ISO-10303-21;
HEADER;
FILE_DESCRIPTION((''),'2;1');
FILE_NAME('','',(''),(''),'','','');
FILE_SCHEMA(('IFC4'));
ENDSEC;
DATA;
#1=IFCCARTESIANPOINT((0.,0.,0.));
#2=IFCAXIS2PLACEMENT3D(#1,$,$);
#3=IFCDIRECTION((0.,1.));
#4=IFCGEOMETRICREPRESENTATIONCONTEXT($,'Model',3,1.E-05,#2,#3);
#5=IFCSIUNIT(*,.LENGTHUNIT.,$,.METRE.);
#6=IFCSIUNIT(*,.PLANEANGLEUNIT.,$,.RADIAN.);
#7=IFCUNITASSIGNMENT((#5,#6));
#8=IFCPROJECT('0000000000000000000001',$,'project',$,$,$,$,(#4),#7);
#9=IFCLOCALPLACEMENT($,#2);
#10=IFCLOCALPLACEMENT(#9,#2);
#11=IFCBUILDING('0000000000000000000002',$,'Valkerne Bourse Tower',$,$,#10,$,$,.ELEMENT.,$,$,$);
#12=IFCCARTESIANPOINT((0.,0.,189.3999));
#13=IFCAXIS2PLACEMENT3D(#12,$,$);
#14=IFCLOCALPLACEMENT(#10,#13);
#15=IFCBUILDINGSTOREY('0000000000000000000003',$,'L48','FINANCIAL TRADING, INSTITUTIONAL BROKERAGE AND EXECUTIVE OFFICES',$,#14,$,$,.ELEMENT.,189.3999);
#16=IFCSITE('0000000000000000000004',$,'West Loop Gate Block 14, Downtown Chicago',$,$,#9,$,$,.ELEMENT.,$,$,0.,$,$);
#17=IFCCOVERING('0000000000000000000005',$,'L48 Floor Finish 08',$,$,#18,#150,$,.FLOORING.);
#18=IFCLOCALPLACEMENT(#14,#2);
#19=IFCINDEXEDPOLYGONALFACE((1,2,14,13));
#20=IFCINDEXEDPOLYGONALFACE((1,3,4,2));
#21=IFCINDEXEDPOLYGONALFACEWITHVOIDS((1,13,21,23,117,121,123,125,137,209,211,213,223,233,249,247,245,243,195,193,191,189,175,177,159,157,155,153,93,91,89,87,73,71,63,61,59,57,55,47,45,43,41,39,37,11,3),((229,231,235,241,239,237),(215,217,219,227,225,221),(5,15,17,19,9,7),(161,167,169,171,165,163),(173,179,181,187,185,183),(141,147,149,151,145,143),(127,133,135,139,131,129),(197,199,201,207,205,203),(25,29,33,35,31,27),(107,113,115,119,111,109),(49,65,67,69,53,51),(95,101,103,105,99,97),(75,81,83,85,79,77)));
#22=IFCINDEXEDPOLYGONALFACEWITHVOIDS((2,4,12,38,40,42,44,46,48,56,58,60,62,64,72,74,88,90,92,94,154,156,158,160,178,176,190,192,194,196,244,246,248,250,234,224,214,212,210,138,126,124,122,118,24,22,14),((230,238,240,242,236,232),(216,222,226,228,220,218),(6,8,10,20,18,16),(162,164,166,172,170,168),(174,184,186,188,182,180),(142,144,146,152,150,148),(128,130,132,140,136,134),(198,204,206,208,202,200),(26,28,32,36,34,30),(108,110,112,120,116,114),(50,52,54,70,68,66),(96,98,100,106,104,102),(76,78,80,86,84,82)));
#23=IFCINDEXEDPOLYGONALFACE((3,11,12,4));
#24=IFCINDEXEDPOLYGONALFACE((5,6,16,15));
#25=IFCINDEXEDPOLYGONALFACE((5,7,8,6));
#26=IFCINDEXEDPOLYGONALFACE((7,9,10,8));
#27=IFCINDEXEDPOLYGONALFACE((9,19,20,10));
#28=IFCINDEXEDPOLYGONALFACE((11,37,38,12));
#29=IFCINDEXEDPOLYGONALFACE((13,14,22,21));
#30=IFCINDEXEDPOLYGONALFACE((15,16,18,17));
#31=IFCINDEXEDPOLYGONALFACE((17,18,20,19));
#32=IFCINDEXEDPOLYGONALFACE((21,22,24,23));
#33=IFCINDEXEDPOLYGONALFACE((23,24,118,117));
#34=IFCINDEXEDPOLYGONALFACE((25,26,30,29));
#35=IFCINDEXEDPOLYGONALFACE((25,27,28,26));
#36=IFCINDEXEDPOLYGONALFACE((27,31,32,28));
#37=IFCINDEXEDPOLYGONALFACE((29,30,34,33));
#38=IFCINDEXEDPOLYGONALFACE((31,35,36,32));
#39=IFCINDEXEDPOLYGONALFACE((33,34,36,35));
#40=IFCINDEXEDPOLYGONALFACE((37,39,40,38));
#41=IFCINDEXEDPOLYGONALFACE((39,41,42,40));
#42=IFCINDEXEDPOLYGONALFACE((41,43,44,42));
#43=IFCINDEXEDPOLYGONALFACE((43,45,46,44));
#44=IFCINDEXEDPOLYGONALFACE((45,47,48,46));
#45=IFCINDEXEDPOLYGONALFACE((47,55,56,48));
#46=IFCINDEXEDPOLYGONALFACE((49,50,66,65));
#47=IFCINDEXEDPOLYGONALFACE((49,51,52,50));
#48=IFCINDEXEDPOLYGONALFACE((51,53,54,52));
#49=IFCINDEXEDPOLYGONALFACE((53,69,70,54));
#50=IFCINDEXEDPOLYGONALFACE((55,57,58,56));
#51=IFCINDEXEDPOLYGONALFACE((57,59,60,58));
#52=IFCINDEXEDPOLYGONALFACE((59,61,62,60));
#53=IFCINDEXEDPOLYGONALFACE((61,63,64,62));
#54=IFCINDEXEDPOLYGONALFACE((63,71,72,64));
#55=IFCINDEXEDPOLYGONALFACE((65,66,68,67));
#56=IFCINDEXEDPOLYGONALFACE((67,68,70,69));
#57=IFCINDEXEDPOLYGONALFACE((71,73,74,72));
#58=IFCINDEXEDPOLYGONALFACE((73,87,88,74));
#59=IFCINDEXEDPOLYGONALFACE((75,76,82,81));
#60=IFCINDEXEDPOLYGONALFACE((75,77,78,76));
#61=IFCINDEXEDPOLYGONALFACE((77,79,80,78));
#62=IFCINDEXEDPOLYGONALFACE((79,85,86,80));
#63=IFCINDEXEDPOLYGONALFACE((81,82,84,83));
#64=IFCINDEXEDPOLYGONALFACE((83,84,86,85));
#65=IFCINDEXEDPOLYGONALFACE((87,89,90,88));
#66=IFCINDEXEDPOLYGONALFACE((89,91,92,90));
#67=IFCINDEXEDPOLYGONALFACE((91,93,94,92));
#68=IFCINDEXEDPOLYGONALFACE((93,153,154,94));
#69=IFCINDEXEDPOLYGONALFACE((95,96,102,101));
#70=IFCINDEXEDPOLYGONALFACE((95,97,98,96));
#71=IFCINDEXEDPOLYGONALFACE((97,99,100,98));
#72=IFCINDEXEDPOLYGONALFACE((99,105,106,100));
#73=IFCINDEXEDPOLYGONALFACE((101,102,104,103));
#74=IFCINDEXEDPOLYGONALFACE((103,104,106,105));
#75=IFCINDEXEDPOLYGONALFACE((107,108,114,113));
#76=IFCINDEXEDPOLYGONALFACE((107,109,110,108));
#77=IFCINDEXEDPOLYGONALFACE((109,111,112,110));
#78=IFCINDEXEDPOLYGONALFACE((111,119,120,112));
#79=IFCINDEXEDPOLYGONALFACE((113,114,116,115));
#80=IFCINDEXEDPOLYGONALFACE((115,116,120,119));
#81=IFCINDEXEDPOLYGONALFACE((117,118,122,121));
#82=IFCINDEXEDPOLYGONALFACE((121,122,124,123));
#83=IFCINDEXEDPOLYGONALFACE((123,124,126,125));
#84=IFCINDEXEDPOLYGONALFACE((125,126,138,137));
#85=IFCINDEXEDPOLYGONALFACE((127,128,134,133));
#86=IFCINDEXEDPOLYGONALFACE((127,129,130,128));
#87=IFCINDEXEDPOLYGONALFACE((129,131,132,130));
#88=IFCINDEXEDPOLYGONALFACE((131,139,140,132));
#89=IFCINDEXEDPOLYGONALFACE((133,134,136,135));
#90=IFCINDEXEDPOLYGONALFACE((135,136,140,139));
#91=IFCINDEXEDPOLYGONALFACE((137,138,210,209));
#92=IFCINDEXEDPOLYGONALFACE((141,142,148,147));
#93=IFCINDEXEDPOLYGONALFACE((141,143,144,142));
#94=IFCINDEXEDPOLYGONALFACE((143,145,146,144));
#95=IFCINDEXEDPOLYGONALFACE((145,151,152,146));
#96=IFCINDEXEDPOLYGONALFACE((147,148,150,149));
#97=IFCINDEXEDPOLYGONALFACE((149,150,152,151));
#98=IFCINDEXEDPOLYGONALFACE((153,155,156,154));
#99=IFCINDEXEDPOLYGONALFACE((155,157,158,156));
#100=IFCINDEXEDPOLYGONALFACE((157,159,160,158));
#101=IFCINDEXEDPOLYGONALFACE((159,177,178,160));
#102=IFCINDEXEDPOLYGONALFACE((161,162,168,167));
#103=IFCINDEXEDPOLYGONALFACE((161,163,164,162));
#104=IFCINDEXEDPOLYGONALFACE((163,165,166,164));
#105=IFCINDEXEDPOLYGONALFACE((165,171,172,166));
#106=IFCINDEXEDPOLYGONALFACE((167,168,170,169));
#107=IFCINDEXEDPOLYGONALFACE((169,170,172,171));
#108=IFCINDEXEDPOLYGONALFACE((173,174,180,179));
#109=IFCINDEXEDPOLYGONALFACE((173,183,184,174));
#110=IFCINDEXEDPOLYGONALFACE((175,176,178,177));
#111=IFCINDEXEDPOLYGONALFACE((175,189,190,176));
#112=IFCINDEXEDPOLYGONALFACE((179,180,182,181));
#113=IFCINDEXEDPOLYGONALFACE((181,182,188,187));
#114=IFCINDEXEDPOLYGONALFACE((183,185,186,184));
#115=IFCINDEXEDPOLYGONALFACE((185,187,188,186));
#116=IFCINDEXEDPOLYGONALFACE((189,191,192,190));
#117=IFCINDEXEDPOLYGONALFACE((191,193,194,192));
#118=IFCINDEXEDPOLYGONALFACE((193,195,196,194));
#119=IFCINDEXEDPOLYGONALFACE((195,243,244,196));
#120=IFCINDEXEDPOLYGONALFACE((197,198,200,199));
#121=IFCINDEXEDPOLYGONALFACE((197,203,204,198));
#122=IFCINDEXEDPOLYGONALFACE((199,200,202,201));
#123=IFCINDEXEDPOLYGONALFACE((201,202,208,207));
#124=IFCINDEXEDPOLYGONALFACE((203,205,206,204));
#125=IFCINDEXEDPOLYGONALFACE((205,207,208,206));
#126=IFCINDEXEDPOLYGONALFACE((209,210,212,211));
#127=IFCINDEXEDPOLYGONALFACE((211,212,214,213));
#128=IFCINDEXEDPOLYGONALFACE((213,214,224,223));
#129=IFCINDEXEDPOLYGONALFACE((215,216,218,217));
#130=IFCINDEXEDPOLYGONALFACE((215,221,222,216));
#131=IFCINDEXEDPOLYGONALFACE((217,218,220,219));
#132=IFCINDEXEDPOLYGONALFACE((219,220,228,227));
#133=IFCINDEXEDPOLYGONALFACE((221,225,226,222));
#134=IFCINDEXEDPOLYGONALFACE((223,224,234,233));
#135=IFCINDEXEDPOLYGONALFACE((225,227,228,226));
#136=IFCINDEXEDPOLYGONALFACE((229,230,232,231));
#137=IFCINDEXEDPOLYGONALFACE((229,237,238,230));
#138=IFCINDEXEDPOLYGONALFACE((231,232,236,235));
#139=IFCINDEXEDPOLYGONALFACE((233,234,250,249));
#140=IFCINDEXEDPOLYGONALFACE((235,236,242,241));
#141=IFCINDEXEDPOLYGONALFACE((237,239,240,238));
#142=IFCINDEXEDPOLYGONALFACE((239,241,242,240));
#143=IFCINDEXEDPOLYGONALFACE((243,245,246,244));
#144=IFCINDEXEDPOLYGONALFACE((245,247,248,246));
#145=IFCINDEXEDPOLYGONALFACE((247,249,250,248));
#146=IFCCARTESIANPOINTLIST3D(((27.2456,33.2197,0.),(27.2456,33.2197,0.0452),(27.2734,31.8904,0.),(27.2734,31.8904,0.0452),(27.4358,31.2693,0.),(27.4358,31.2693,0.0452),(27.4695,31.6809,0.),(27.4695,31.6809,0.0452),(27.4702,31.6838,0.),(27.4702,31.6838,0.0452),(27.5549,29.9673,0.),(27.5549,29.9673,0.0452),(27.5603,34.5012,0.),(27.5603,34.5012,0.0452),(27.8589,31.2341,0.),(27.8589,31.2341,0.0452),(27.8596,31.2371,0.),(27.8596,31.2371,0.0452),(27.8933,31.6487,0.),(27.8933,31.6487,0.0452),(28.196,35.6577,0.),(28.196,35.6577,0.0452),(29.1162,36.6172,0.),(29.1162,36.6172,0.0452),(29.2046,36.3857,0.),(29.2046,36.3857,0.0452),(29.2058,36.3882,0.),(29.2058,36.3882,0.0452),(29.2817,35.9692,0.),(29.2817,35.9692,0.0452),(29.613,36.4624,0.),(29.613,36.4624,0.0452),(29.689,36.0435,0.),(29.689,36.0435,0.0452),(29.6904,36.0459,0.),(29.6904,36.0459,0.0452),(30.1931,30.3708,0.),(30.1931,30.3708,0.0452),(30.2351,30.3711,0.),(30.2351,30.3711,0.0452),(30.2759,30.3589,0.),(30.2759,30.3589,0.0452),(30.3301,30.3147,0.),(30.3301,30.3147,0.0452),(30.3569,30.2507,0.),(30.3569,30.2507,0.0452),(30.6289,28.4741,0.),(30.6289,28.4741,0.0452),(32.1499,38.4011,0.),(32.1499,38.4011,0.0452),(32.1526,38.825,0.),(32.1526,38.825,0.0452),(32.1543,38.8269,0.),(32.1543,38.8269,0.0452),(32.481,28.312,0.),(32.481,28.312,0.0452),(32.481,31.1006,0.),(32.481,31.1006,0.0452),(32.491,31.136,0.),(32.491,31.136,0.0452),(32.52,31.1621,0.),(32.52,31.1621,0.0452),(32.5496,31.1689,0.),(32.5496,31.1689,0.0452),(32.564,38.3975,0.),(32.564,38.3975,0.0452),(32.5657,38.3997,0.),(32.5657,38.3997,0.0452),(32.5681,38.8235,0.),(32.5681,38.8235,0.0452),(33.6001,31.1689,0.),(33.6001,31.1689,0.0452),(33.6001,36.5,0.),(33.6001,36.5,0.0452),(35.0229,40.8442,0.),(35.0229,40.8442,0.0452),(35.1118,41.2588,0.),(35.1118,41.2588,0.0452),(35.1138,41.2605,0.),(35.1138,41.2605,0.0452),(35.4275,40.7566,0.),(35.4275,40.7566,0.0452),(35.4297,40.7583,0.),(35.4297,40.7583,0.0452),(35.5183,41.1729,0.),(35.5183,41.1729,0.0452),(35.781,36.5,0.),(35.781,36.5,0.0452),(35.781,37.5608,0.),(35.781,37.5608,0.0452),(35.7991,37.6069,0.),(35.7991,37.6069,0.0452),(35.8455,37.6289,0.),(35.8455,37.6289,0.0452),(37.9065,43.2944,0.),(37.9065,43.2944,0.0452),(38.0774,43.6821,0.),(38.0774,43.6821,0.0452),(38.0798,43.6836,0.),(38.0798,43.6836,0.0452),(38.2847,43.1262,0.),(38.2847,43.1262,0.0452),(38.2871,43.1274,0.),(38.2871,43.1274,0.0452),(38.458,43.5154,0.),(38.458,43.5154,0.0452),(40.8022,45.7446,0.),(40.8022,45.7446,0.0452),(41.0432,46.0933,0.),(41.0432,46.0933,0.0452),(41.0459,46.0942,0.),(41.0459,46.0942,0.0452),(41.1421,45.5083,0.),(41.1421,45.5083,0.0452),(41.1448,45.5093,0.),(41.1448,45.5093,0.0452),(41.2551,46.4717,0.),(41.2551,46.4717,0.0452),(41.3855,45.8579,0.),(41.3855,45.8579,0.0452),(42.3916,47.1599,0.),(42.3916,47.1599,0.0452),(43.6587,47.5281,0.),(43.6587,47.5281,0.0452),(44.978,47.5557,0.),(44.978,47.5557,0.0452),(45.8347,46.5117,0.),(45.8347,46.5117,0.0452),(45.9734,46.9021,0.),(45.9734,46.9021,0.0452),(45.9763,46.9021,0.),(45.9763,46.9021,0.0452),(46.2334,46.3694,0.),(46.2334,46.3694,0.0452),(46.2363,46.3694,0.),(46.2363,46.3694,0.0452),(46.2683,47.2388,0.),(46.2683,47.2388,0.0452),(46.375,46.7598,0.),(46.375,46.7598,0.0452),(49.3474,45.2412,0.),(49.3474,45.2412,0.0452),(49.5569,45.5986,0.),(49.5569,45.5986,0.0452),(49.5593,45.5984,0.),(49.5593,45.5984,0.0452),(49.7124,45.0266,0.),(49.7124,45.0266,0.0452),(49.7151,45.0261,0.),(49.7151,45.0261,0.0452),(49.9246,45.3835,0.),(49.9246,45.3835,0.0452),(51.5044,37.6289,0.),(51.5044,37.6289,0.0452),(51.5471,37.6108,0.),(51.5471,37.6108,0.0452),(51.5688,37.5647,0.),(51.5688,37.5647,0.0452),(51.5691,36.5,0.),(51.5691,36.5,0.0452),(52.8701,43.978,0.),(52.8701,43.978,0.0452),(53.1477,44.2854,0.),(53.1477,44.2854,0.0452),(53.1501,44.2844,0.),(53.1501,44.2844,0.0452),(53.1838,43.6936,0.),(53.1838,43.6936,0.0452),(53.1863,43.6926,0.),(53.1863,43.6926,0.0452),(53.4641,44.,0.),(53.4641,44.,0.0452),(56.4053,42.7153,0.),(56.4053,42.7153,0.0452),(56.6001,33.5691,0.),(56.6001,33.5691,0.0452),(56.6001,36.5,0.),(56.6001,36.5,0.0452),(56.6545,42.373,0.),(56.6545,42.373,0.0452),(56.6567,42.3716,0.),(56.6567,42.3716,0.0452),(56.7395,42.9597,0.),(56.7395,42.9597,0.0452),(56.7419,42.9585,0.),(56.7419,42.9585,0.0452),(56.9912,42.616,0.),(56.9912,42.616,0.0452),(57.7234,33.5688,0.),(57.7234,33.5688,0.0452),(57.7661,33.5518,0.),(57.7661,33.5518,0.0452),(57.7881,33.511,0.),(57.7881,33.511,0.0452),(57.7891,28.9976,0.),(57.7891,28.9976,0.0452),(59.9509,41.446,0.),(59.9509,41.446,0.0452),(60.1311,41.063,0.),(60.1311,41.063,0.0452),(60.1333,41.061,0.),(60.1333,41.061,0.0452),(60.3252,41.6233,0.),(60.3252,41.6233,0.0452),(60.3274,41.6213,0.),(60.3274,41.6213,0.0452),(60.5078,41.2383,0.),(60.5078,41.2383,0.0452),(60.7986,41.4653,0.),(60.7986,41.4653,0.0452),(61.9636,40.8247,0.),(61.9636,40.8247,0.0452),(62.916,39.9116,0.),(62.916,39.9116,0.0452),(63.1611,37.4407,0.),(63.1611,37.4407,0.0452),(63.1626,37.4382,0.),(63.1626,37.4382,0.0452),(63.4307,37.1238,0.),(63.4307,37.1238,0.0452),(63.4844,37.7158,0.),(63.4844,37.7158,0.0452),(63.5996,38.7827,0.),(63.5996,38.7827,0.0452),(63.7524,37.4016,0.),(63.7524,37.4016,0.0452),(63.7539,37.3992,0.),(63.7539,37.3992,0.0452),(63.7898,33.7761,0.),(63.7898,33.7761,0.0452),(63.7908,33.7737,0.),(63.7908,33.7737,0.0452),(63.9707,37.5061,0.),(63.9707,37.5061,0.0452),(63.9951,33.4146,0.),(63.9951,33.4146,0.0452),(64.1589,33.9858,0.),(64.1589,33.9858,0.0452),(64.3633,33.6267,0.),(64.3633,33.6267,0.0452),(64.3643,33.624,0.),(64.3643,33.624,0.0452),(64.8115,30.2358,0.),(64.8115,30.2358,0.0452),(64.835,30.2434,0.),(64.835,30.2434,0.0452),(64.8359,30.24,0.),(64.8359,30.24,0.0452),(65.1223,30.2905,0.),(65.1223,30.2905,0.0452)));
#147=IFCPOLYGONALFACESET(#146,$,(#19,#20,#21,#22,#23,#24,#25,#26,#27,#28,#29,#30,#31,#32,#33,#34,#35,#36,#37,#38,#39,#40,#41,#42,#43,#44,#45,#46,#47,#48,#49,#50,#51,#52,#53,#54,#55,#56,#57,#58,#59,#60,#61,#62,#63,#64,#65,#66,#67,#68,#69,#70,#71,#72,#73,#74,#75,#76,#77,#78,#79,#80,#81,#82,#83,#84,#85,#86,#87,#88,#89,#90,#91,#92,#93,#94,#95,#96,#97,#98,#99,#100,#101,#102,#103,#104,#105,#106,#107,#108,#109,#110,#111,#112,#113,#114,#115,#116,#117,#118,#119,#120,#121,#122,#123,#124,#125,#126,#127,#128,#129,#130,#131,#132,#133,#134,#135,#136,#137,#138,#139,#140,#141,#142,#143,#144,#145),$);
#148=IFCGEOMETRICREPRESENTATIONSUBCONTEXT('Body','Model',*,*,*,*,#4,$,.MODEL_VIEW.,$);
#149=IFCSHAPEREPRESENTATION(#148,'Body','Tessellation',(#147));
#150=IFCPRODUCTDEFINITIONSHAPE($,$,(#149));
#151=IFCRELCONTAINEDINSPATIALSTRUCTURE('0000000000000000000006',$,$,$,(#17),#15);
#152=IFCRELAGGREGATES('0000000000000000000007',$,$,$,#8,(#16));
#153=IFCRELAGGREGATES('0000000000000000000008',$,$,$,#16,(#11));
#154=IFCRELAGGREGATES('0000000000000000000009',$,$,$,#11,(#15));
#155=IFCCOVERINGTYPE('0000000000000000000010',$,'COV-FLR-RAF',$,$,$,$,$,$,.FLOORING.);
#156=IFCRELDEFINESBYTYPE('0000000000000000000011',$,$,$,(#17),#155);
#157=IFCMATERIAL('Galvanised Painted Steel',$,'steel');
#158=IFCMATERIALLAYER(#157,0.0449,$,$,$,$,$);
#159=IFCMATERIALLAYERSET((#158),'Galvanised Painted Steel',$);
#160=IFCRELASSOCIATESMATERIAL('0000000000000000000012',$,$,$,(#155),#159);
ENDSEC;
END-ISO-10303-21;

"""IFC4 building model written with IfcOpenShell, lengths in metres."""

from ifc_helpers import new_model, si_unit, direction, frame, origin, place, context, subcontext, project, spatial, polyline, outline, extrude, material, layer, layer_set, type_object, element, save


model = new_model("IFC4")

# Units and contexts
model_context = context("Model", 3, precision=1e-05, world=origin(), true_north=direction((0.0, 1.0)))
body_context = subcontext(model_context, "Body", "Model", "MODEL_VIEW")
ifc_project = project(units=[si_unit("LENGTHUNIT", "METRE"), si_unit("PLANEANGLEUNIT", "RADIAN")], contexts=[model_context])

# Site, building, storey
site_placement = place(None, origin())
site = spatial("IfcSite", under=ifc_project, at=site_placement, Name="West Loop Gate Block 14, Downtown Chicago", CompositionType="ELEMENT", RefElevation=0.0)
building_placement = place(site_placement, origin())
building = spatial("IfcBuilding", under=site, at=building_placement, Name="Valkerne Bourse Tower", CompositionType="ELEMENT")
storey_placement = place(building_placement, frame((0.0, 0.0, 189.3999)))
storey = spatial("IfcBuildingStorey", under=building, at=storey_placement, Name="L48", Description="FINANCIAL TRADING, INSTITUTIONAL BROKERAGE AND EXECUTIVE OFFICES", CompositionType="ELEMENT", Elevation=189.3999)

# Covering
ifc_material_1 = material(Name="Galvanised Painted Steel", Category="steel")
ifc_layer_1 = layer(ifc_material_1, 0.0449)
ifc_layer_set_1 = layer_set([ifc_layer_1], Name="Galvanised Painted Steel")
covering_type_1 = type_object("IfcCoveringType", Name="COV-FLR-RAF", PredefinedType="FLOORING", material=ifc_layer_set_1)
covering_1_placement = place(storey_placement, origin())
element("IfcCovering", 1, at=covering_1_placement, inside=storey, type_object=covering_type_1, Name="L48 Floor Finish 08", PredefinedType="FLOORING", context=body_context, shape_type="SweptSolid", body=[
    extrude(outline(polyline([(29.1162, 36.6172), (41.2551, 46.4717), (42.3916, 47.1599), (43.6587, 47.5281), (44.978, 47.5557), (46.2683, 47.2388), (60.7986, 41.4653), (61.9636, 40.8247), (62.916, 39.9116), (63.5996, 38.7827), (63.9707, 37.5061), (65.1223, 30.2905), (64.8359, 30.24), (64.835, 30.2434), (64.8115, 30.2358), (57.7891, 28.9976), (57.7881, 33.511), (57.7661, 33.5518), (57.7234, 33.5688), (56.6001, 33.5691), (56.6001, 36.5), (51.5691, 36.5), (51.5688, 37.5647), (51.5471, 37.6108), (51.5044, 37.6289), (35.8455, 37.6289), (35.7991, 37.6069), (35.781, 37.5608), (35.781, 36.5), (33.6001, 36.5), (33.6001, 31.1689), (32.5496, 31.1689), (32.52, 31.1621), (32.491, 31.136), (32.481, 31.1006), (32.481, 28.312), (30.6289, 28.4741), (30.3569, 30.2507), (30.3301, 30.3147), (30.2759, 30.3589), (30.2351, 30.3711), (30.1931, 30.3708), (27.5549, 29.9673), (27.2734, 31.8904), (27.2456, 33.2197), (27.5603, 34.5012), (28.196, 35.6577), (29.1162, 36.6172)]), holes=[polyline([(27.8596, 31.2371), (27.8933, 31.6487), (27.4702, 31.6838), (27.4695, 31.6809), (27.4358, 31.2693), (27.8589, 31.2341), (27.8596, 31.2371)]), polyline([(29.6904, 36.0459), (29.613, 36.4624), (29.2058, 36.3882), (29.2046, 36.3857), (29.2817, 35.9692), (29.689, 36.0435), (29.6904, 36.0459)]), polyline([(32.5681, 38.8235), (32.1543, 38.8269), (32.1526, 38.825), (32.1499, 38.4011), (32.564, 38.3975), (32.5657, 38.3997), (32.5681, 38.8235)]), polyline([(35.5183, 41.1729), (35.1138, 41.2605), (35.1118, 41.2588), (35.0229, 40.8442), (35.4275, 40.7566), (35.4297, 40.7583), (35.5183, 41.1729)]), polyline([(38.2871, 43.1274), (38.458, 43.5154), (38.0798, 43.6836), (38.0774, 43.6821), (37.9065, 43.2944), (38.2847, 43.1262), (38.2871, 43.1274)]), polyline([(53.4641, 44.0), (53.1501, 44.2844), (53.1477, 44.2854), (52.8701, 43.978), (53.1838, 43.6936), (53.1863, 43.6926), (53.4641, 44.0)]), polyline([(49.5593, 45.5984), (49.5569, 45.5986), (49.3474, 45.2412), (49.7124, 45.0266), (49.7151, 45.0261), (49.9246, 45.3835), (49.5593, 45.5984)]), polyline([(41.3855, 45.8579), (41.0459, 46.0942), (41.0432, 46.0933), (40.8022, 45.7446), (41.1421, 45.5083), (41.1448, 45.5093), (41.3855, 45.8579)]), polyline([(46.375, 46.7598), (45.9763, 46.9021), (45.9734, 46.9021), (45.8347, 46.5117), (46.2334, 46.3694), (46.2363, 46.3694), (46.375, 46.7598)]), polyline([(64.3643, 33.624), (64.3633, 33.6267), (64.1589, 33.9858), (63.7898, 33.7761), (63.7908, 33.7737), (63.9951, 33.4146), (64.3643, 33.624)]), polyline([(63.7539, 37.3992), (63.7524, 37.4016), (63.4844, 37.7158), (63.1611, 37.4407), (63.1626, 37.4382), (63.4307, 37.1238), (63.7539, 37.3992)]), polyline([(60.3274, 41.6213), (60.3252, 41.6233), (59.9509, 41.446), (60.1311, 41.063), (60.1333, 41.061), (60.5078, 41.2383), (60.3274, 41.6213)]), polyline([(56.9912, 42.616), (56.7419, 42.9585), (56.7395, 42.9597), (56.4053, 42.7153), (56.6545, 42.373), (56.6567, 42.3716), (56.9912, 42.616)])]), origin(), (0.0, 0.0, 1.0), 0.0452),
])

save(model, "model.ifc")
